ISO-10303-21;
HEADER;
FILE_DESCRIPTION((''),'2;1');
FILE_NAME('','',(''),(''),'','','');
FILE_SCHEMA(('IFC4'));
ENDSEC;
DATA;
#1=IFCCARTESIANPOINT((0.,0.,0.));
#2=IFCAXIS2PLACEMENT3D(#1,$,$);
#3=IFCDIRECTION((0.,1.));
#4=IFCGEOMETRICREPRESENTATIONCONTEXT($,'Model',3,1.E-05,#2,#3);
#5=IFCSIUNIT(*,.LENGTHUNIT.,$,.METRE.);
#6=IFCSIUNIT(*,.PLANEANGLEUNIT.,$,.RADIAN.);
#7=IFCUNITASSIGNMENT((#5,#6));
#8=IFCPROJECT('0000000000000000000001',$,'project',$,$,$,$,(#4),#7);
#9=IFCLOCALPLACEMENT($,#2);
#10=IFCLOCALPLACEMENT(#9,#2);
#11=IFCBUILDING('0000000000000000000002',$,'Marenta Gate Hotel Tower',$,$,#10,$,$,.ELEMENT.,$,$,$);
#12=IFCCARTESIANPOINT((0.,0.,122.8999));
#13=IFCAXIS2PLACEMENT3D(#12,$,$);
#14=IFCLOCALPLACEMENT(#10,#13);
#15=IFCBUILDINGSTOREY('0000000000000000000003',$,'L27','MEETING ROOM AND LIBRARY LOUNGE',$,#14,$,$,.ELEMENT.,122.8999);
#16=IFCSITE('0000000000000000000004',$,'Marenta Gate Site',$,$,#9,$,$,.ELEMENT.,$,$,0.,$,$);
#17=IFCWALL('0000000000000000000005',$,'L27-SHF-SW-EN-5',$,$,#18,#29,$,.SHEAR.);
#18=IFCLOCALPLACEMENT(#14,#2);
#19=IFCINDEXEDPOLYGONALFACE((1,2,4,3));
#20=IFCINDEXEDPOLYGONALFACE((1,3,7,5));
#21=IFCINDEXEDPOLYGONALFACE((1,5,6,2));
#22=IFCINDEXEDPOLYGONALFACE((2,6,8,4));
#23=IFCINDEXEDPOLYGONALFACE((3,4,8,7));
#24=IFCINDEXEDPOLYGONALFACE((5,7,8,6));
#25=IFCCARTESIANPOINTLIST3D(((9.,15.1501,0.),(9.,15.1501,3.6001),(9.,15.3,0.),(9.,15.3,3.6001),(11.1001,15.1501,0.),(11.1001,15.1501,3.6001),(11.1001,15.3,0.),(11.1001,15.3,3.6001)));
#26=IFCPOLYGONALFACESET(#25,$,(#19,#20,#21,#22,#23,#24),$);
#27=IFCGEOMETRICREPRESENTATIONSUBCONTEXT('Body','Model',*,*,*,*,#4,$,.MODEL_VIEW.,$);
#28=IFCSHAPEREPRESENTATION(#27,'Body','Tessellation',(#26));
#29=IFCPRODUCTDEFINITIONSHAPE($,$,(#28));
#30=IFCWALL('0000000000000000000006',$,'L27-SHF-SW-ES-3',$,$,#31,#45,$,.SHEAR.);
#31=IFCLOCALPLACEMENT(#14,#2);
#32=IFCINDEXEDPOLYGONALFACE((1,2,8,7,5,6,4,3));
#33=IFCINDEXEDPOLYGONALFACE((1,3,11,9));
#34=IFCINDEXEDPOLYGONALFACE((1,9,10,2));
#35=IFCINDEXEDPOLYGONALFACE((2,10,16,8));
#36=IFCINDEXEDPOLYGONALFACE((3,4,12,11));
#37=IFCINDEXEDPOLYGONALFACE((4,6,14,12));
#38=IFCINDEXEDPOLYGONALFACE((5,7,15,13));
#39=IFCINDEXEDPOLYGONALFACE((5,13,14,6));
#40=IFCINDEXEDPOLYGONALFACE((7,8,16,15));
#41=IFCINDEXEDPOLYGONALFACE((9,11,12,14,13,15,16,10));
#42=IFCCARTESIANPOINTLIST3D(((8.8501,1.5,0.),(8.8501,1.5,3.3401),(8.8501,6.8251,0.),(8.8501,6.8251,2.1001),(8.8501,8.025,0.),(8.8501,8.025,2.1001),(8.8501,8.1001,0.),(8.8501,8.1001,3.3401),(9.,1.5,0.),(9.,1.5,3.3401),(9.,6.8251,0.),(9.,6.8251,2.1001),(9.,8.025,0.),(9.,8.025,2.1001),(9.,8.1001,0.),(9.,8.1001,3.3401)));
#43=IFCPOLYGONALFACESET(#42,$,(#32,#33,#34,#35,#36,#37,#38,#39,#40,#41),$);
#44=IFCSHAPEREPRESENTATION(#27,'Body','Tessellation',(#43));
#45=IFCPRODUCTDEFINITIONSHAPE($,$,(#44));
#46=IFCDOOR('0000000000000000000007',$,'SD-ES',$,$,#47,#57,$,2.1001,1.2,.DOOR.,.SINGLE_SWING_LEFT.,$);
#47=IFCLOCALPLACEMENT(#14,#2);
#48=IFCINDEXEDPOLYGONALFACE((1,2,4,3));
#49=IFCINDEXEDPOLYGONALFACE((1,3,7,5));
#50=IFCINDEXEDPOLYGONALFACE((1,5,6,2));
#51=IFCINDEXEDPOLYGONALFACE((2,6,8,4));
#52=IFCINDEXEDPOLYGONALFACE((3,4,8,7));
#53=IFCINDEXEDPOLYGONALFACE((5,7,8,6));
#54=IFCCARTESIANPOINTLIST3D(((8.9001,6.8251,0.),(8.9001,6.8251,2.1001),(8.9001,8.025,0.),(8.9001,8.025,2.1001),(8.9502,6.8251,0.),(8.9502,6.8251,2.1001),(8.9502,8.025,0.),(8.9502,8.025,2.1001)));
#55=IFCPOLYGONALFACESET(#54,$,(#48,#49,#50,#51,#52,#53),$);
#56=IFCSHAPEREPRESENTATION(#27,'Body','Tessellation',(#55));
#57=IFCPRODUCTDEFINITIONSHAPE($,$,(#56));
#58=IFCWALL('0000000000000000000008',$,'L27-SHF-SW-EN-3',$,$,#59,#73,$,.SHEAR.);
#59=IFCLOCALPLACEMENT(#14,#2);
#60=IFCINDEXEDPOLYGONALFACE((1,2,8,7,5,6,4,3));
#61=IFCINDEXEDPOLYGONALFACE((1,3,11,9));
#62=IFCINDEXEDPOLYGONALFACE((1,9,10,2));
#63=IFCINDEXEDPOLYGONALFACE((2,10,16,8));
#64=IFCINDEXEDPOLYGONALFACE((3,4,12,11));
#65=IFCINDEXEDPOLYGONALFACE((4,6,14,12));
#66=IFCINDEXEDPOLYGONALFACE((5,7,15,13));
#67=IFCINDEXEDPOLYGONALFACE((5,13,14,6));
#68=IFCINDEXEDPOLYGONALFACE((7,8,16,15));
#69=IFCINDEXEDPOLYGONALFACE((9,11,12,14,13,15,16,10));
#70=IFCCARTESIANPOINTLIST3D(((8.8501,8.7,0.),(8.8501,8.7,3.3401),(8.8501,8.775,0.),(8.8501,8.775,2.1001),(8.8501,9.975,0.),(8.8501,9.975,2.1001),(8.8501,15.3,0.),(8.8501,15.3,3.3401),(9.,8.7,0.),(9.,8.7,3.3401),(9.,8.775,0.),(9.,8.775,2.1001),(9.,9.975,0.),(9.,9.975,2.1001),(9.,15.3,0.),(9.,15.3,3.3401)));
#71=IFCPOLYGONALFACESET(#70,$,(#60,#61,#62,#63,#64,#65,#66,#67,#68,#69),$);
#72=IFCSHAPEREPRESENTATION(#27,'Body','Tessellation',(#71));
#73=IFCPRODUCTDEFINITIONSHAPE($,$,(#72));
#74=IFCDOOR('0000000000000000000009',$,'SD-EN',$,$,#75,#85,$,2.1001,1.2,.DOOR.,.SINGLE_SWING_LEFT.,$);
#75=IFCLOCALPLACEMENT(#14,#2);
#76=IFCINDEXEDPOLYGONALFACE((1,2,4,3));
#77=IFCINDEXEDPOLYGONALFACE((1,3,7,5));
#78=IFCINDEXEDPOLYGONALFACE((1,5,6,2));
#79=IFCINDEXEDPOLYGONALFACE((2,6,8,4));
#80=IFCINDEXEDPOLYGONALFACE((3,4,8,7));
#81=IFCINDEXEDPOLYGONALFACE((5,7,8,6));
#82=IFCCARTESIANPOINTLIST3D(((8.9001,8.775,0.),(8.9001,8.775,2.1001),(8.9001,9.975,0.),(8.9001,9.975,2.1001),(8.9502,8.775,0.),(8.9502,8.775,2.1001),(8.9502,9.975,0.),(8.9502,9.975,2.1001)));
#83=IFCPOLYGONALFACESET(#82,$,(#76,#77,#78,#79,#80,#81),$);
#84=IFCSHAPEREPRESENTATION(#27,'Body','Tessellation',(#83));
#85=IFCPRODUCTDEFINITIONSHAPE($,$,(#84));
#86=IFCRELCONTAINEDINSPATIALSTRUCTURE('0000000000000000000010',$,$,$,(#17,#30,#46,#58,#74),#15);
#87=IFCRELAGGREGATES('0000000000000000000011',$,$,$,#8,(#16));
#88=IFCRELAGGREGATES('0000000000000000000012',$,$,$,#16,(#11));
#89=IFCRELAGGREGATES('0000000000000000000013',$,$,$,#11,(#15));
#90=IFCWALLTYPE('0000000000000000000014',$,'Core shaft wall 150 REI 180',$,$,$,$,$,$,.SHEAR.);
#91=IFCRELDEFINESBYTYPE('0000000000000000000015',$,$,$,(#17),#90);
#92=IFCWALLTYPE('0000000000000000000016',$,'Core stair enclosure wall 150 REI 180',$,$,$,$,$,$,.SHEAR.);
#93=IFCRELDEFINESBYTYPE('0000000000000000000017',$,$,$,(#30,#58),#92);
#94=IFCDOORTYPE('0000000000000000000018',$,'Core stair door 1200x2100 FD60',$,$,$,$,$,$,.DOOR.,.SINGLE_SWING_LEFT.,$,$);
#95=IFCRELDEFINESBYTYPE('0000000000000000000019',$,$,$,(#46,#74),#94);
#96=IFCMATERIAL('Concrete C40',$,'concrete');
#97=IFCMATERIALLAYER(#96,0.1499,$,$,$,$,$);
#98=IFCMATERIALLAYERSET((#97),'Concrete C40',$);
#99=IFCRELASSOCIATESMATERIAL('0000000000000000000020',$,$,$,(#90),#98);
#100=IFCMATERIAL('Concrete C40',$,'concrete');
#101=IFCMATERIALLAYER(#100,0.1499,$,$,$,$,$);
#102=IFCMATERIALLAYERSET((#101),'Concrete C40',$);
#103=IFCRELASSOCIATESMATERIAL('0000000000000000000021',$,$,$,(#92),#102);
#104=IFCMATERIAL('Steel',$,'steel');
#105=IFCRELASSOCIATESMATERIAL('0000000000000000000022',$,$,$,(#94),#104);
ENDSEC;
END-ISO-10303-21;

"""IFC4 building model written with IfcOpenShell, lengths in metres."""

from ifc_helpers import new_model, si_unit, direction, frame, frame_2d, origin, place, context, subcontext, project, spatial, rectangle, extrude, material, layer, layer_set, type_object, element, fill, save


model = new_model("IFC4")

# Units and contexts
model_context = context("Model", 3, precision=1e-05, world=origin(), true_north=direction((0.0, 1.0)))
body_context = subcontext(model_context, "Body", "Model", "MODEL_VIEW")
ifc_project = project(units=[si_unit("LENGTHUNIT", "METRE"), si_unit("PLANEANGLEUNIT", "RADIAN")], contexts=[model_context])

# Site, building, storey
site_placement = place(None, origin())
site = spatial("IfcSite", under=ifc_project, at=site_placement, Name="Marenta Gate Site", CompositionType="ELEMENT", RefElevation=0.0)
building_placement = place(site_placement, origin())
building = spatial("IfcBuilding", under=site, at=building_placement, Name="Marenta Gate Hotel Tower", CompositionType="ELEMENT")
storey_placement = place(building_placement, frame((0.0, 0.0, 122.8999)))
storey = spatial("IfcBuildingStorey", under=building, at=storey_placement, Name="L27", Description="MEETING ROOM AND LIBRARY LOUNGE", CompositionType="ELEMENT", Elevation=122.8999)

# Wall
ifc_material_1 = material(Name="Concrete C40", Category="concrete")
ifc_layer_1 = layer(ifc_material_1, 0.1499)
ifc_layer_set_1 = layer_set([ifc_layer_1], Name="Concrete C40")
wall_type_1 = type_object("IfcWallType", Name="Core shaft wall 150 REI 180", PredefinedType="SHEAR", material=ifc_layer_set_1)
for number, where, z_axis, x_axis, name in (
    (1, (9.0, 15.2251, 0.0), (0.0, 0.0, 1.0), (1.0, 0.0, 0.0), "L27-SHF-SW-EN-5"),
):
    element("IfcWall", number, at=place(storey_placement, frame(where, z_axis=z_axis, x_axis=x_axis)), inside=storey, type_object=wall_type_1, Name=name, PredefinedType="SHEAR", context=body_context, shape_type="SweptSolid", body=[
        extrude(rectangle(XDim=2.1001, YDim=0.1499, at=frame_2d((1.05, 0.0))), origin(), (0.0, 0.0, 1.0), 3.6001),
    ])

# Walls, openings, doors
ifc_material_2 = material(Name="Concrete C40", Category="concrete")
ifc_layer_2 = layer(ifc_material_2, 0.1499)
ifc_layer_set_2 = layer_set([ifc_layer_2], Name="Concrete C40")
wall_type_2 = type_object("IfcWallType", Name="Core stair enclosure wall 150 REI 180", PredefinedType="SHEAR", material=ifc_layer_set_2)
wall_1_placement = place(storey_placement, frame((8.925, 1.5, 0.0), z_axis=(0.0, 0.0, 1.0), x_axis=(0.0, 1.0, 0.0)))
wall_1 = element("IfcWall", 2, at=wall_1_placement, inside=storey, type_object=wall_type_2, Name="L27-SHF-SW-ES-3", PredefinedType="SHEAR", context=body_context, shape_type="SweptSolid", body=[
    extrude(rectangle(XDim=6.6001, YDim=0.1499, at=frame_2d((3.3, 0.0))), origin(), (0.0, 0.0, 1.0), 3.3401),
])
opening_1_placement = place(wall_1_placement, frame((5.325, 0.0, 0.0)))
opening_1 = element("IfcOpeningElement", 3, at=opening_1_placement, cuts=wall_1, PredefinedType="OPENING", context=body_context, shape_type="SweptSolid", body=[
    extrude(rectangle(XDim=1.2, YDim=2.1001, at=frame_2d((0.6001, 1.05))), frame((0.0, 0.075, 0.0), z_axis=(0.0, -1.0, 0.0), x_axis=(1.0, 0.0, 0.0)), (0.0, 0.0, 1.0), 0.1499),
])
ifc_material_3 = material(Name="Steel", Category="steel")
door_type_1 = type_object("IfcDoorType", Name="Core stair door 1200x2100 FD60", OperationType="SINGLE_SWING_LEFT", PredefinedType="DOOR", material=ifc_material_3)
door_1_placement = place(opening_1_placement, origin())
door_1 = element("IfcDoor", 4, at=door_1_placement, inside=storey, type_object=door_type_1, Name="SD-ES", OperationType="SINGLE_SWING_LEFT", OverallHeight=2.1001, OverallWidth=1.2, PredefinedType="DOOR", context=body_context, shape_type="SweptSolid", body=[
    extrude(rectangle(XDim=1.2, YDim=2.1001, at=frame_2d((0.6001, 1.05))), frame((0.0, 0.0249, 0.0), z_axis=(0.0, -1.0, 0.0), x_axis=(1.0, 0.0, 0.0)), (0.0, 0.0, 1.0), 0.05),
])
fill(opening_1, door_1)
wall_2_placement = place(storey_placement, frame((8.925, 8.7, 0.0), z_axis=(0.0, 0.0, 1.0), x_axis=(0.0, 1.0, 0.0)))
wall_2 = element("IfcWall", 5, at=wall_2_placement, inside=storey, type_object=wall_type_2, Name="L27-SHF-SW-EN-3", PredefinedType="SHEAR", context=body_context, shape_type="SweptSolid", body=[
    extrude(rectangle(XDim=6.6001, YDim=0.1499, at=frame_2d((3.3, 0.0))), origin(), (0.0, 0.0, 1.0), 3.3401),
])
opening_2_placement = place(wall_2_placement, frame((0.075, 0.0, 0.0)))
opening_2 = element("IfcOpeningElement", 6, at=opening_2_placement, cuts=wall_2, PredefinedType="OPENING", context=body_context, shape_type="SweptSolid", body=[
    extrude(rectangle(XDim=1.2, YDim=2.1001, at=frame_2d((0.6001, 1.05))), frame((0.0, 0.075, 0.0), z_axis=(0.0, -1.0, 0.0), x_axis=(1.0, 0.0, 0.0)), (0.0, 0.0, 1.0), 0.1499),
])
door_2_placement = place(opening_2_placement, origin())
door_2 = element("IfcDoor", 7, at=door_2_placement, inside=storey, type_object=door_type_1, Name="SD-EN", OperationType="SINGLE_SWING_LEFT", OverallHeight=2.1001, OverallWidth=1.2, PredefinedType="DOOR", context=body_context, shape_type="SweptSolid", body=[
    extrude(rectangle(XDim=1.2, YDim=2.1001, at=frame_2d((0.6001, 1.05))), frame((0.0, 0.0249, 0.0), z_axis=(0.0, -1.0, 0.0), x_axis=(1.0, 0.0, 0.0)), (0.0, 0.0, 1.0), 0.05),
])
fill(opening_2, door_2)

save(model, "model.ifc")
